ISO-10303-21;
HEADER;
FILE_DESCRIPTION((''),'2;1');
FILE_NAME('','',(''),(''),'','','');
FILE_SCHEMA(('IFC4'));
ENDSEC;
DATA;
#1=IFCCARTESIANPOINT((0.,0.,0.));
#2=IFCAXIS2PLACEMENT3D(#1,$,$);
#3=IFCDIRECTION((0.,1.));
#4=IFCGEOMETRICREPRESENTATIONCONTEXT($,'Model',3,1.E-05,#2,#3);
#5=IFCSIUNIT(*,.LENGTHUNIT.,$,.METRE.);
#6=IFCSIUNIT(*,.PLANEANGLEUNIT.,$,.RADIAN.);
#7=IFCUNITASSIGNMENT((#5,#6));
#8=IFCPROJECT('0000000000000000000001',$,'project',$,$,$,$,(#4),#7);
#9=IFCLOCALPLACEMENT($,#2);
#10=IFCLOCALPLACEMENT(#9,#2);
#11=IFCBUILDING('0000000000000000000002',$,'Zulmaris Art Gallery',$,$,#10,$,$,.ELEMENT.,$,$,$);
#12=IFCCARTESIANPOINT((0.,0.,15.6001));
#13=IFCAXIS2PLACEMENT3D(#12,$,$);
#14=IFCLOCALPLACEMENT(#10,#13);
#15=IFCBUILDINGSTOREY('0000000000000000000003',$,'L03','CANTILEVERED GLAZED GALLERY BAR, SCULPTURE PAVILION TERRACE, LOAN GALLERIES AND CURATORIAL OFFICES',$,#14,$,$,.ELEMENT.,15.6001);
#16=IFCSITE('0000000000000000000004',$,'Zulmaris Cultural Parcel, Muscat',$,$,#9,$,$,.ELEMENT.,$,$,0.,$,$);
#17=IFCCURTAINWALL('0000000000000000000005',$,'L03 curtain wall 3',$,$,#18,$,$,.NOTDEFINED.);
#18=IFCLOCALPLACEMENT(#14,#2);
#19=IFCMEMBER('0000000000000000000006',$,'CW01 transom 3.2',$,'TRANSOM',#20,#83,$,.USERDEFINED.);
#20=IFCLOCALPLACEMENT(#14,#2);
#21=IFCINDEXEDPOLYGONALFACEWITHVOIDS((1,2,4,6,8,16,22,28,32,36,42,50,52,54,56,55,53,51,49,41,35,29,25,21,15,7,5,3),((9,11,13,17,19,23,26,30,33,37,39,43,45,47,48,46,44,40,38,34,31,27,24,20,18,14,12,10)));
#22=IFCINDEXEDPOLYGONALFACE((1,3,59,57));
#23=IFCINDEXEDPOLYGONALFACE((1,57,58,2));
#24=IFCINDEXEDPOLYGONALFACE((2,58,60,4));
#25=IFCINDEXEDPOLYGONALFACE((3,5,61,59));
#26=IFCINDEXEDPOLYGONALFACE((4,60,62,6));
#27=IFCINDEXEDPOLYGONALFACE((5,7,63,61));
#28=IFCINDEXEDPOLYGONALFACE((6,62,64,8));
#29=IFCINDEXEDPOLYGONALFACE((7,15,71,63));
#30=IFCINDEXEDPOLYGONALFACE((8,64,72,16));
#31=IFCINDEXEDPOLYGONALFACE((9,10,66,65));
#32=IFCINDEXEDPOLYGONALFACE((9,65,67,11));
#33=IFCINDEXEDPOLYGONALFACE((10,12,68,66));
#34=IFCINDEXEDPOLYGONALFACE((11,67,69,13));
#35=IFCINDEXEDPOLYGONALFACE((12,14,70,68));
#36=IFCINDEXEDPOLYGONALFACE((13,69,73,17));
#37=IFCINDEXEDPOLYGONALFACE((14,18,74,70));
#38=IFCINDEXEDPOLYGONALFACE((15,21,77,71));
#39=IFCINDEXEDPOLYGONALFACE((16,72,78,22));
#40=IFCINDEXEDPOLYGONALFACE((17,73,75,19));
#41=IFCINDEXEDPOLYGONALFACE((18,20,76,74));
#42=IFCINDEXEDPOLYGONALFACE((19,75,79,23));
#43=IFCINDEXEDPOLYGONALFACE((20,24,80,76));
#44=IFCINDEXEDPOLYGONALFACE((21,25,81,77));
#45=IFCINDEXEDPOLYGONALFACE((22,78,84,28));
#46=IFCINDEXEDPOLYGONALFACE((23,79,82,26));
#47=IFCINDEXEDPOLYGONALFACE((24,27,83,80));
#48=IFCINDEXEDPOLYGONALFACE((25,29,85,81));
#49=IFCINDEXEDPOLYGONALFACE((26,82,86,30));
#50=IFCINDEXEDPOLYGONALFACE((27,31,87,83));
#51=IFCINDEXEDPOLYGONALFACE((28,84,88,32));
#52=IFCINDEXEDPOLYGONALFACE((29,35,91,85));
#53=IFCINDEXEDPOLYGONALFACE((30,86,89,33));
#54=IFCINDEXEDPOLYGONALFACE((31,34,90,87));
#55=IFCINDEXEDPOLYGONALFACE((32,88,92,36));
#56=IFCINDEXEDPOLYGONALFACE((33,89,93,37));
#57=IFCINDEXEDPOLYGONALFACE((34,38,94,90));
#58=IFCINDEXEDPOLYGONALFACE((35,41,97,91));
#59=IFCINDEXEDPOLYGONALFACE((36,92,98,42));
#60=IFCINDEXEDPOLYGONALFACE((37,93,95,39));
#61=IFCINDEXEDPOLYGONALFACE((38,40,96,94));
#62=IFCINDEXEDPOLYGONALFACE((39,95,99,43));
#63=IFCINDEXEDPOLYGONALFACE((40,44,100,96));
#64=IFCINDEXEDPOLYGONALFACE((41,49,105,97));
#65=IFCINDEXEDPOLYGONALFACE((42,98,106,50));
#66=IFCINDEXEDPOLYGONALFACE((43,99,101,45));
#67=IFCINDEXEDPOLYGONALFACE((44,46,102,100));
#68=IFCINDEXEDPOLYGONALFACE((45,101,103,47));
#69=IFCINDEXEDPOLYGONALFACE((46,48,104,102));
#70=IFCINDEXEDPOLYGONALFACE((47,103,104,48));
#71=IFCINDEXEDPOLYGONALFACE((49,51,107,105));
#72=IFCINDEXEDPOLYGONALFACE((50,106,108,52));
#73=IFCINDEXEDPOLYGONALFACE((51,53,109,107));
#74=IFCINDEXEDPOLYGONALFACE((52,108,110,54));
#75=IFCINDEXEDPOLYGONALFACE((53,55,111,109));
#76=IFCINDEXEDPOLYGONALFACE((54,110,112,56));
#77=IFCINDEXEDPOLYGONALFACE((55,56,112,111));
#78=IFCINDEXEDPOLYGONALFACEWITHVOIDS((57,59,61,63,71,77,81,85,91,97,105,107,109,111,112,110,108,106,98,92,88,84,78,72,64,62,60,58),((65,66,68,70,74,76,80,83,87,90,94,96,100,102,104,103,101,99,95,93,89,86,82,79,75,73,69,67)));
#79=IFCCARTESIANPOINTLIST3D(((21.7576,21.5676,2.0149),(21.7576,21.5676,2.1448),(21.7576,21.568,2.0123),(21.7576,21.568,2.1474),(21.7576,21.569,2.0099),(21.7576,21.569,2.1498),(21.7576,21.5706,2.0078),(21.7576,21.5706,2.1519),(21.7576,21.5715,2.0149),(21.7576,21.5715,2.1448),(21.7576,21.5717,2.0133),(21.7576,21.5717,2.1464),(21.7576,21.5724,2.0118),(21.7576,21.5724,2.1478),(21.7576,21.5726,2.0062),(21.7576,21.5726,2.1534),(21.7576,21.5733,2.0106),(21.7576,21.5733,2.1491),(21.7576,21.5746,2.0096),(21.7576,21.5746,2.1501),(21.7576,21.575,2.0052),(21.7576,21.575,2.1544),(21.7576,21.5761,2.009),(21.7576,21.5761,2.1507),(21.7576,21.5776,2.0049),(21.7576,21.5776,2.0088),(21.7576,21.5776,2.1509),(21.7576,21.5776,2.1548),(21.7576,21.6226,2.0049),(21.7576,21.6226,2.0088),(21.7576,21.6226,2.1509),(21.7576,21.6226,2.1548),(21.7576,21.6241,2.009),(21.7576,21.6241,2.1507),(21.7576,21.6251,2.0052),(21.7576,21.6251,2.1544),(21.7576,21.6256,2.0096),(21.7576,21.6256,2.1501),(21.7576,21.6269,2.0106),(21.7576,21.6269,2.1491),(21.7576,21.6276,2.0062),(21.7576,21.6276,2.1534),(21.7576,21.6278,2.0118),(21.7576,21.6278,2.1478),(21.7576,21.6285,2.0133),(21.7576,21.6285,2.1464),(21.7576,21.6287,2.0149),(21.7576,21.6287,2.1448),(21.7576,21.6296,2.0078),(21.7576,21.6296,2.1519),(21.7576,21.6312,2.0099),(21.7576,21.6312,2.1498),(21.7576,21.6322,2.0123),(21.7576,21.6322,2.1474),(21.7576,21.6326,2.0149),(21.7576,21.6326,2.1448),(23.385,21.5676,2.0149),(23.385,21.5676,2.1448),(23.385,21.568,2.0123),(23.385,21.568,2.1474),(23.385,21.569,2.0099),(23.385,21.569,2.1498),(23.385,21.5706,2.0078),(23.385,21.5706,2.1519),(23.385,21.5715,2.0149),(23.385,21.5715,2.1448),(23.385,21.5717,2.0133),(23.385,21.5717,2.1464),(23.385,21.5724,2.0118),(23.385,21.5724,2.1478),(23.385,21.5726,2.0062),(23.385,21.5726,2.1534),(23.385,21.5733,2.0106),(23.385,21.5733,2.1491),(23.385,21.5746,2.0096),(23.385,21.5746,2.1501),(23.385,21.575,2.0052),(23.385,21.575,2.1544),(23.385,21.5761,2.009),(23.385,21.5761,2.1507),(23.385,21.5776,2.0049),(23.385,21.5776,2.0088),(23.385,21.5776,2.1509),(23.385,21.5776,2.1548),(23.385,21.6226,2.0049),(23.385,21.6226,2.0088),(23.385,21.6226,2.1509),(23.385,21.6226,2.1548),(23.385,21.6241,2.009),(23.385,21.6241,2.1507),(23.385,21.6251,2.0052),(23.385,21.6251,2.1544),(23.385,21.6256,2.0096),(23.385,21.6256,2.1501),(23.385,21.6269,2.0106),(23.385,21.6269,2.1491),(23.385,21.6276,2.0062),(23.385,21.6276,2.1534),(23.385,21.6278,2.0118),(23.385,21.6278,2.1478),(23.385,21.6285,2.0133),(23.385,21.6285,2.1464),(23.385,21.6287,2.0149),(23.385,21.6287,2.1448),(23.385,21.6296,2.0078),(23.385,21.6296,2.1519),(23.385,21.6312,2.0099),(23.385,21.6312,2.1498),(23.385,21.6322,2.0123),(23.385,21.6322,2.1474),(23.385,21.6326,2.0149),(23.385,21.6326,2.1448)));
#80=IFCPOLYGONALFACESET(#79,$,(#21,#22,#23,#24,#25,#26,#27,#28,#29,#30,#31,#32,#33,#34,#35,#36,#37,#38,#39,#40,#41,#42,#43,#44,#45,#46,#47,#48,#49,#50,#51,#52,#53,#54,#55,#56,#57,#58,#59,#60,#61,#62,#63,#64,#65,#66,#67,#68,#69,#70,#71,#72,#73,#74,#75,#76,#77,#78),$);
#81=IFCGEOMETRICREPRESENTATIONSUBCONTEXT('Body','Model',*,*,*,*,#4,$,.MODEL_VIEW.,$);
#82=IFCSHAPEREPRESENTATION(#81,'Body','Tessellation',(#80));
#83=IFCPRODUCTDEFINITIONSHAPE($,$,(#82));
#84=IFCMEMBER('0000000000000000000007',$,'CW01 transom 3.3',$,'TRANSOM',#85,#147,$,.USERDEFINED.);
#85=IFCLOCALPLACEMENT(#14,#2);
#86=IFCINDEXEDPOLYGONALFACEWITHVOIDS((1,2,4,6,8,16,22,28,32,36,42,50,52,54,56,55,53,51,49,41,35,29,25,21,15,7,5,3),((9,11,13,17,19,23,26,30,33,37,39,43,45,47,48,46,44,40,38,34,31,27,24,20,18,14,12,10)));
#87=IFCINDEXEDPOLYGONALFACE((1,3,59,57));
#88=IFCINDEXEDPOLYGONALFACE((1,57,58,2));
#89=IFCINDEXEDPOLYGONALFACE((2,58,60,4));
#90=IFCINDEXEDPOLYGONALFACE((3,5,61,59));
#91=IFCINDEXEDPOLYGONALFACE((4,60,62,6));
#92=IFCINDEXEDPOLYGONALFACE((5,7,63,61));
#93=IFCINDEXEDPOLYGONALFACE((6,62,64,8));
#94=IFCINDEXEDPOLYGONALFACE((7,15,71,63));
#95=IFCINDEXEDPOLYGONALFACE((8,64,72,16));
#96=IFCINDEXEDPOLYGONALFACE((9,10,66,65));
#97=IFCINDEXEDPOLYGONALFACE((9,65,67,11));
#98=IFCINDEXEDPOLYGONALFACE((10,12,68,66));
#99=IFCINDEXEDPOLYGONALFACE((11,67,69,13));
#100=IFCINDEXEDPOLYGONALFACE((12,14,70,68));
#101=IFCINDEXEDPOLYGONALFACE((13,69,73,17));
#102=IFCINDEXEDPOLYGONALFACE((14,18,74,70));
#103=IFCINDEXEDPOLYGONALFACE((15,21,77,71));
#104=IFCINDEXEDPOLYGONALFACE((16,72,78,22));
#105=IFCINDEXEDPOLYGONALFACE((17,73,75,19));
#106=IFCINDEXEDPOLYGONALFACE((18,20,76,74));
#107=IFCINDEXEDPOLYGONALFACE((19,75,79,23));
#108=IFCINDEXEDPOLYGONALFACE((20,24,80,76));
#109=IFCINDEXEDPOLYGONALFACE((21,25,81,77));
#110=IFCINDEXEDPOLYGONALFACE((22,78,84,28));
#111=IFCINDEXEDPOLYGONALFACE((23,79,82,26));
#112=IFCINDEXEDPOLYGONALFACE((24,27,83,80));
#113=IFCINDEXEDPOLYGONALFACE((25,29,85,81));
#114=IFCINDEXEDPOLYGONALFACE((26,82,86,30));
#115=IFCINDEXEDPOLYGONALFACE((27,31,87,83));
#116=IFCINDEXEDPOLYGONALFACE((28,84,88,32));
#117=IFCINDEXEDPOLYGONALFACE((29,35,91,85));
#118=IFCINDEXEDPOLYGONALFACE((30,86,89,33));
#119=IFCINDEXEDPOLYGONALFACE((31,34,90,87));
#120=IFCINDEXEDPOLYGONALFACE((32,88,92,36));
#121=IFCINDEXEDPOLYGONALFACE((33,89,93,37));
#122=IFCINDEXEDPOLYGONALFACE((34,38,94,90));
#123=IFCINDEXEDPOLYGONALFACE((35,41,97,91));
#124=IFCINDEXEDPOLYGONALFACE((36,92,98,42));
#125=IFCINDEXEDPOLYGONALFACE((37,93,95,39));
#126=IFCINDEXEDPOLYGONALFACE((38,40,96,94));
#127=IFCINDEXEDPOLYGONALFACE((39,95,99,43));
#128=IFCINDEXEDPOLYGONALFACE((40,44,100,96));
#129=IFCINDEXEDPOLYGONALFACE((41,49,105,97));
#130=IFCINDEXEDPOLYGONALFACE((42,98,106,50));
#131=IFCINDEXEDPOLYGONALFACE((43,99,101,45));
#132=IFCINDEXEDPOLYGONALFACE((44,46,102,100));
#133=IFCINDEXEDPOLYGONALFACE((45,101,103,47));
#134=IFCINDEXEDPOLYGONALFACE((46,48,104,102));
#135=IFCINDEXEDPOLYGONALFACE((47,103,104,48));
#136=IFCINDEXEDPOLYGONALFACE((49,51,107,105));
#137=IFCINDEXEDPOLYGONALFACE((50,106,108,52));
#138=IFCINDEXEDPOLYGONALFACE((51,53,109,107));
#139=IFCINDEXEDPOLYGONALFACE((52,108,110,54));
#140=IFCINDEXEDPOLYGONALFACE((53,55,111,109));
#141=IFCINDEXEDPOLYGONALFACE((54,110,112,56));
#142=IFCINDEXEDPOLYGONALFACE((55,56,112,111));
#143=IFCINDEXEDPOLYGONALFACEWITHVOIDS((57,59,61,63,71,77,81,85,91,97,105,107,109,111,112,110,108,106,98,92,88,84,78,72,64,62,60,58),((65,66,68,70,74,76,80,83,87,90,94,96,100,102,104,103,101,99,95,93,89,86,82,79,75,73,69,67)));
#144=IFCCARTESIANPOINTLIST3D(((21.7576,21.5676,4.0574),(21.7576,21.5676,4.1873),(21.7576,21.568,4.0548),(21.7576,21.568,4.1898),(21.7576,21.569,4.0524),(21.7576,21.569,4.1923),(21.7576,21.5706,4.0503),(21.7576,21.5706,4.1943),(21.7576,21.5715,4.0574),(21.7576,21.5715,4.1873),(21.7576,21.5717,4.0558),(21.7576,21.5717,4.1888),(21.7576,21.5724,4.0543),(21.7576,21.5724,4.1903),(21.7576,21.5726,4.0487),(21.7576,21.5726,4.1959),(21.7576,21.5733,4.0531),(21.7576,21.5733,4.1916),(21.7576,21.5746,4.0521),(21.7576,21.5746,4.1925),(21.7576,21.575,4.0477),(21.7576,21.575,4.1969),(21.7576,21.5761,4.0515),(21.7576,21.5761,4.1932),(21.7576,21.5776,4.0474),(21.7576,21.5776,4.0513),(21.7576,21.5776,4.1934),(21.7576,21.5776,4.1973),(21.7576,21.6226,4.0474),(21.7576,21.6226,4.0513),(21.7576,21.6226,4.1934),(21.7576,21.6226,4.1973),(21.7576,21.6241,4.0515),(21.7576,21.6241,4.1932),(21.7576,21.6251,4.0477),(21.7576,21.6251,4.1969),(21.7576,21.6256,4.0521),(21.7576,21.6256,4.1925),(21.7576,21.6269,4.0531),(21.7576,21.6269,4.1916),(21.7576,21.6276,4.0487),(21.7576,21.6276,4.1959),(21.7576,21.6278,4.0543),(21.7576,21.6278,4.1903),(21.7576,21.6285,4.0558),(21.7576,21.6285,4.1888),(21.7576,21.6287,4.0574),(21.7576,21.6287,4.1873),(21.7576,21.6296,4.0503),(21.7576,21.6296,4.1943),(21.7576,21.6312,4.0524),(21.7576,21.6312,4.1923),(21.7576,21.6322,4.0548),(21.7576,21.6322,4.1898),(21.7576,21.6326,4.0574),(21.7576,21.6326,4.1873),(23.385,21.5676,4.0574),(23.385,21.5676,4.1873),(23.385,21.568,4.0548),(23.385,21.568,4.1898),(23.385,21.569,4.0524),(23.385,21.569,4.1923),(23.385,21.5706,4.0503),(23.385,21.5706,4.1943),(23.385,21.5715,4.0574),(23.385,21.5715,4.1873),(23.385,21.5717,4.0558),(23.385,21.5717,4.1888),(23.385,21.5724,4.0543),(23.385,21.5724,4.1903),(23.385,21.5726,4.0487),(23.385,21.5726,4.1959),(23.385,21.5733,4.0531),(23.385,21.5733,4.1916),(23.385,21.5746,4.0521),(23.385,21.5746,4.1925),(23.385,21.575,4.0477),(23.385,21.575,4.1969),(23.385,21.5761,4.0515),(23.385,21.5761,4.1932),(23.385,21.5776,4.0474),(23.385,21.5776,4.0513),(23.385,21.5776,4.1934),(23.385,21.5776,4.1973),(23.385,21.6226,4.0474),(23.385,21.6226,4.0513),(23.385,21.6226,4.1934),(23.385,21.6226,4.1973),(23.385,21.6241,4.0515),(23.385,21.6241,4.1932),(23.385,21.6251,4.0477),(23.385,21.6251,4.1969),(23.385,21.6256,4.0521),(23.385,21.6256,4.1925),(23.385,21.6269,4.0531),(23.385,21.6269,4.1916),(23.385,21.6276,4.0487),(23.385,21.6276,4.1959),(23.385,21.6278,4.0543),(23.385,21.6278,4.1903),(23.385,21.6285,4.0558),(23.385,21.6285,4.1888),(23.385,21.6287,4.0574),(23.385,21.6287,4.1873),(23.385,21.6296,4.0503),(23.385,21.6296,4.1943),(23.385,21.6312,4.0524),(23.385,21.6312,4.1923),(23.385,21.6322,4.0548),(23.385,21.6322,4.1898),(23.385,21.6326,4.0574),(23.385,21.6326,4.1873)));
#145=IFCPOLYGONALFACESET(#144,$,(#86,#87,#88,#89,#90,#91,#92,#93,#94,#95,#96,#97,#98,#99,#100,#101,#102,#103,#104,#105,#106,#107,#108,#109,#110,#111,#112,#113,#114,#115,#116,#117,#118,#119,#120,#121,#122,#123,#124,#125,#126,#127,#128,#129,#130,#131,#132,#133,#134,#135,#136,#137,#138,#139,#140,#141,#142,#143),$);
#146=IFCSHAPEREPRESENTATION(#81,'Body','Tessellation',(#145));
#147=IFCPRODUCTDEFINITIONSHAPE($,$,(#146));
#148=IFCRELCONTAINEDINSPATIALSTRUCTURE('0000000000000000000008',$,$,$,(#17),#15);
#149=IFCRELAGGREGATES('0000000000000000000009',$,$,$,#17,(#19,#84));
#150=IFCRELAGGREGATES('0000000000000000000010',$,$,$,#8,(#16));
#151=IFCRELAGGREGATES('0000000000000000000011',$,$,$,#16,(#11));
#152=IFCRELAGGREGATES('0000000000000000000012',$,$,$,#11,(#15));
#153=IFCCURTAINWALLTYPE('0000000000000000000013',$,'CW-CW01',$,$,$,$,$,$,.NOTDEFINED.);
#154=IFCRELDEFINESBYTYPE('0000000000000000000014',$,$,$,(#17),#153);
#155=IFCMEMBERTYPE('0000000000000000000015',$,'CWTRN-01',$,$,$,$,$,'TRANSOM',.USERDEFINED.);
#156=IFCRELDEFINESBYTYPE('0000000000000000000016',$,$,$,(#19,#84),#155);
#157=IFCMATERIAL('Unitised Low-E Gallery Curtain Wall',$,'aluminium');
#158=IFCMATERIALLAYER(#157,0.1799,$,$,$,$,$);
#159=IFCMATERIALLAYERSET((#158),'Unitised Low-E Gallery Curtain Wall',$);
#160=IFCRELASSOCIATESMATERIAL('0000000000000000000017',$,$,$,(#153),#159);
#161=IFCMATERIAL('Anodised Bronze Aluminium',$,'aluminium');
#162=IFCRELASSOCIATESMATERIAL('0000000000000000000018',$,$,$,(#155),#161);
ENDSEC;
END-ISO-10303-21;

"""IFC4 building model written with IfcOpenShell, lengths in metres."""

from ifc_helpers import new_model, si_unit, direction, frame, origin, origin_2d, place, context, subcontext, project, spatial, hollow_rectangle, extrude, material, layer, layer_set, material_profile, profile_set, type_object, element, aggregate, save


model = new_model("IFC4")

# Units and contexts
model_context = context("Model", 3, precision=1e-05, world=origin(), true_north=direction((0.0, 1.0)))
body_context = subcontext(model_context, "Body", "Model", "MODEL_VIEW")
ifc_project = project(units=[si_unit("LENGTHUNIT", "METRE"), si_unit("PLANEANGLEUNIT", "RADIAN")], contexts=[model_context])

# Site, building, storey
site_placement = place(None, origin())
site = spatial("IfcSite", under=ifc_project, at=site_placement, Name="Zulmaris Cultural Parcel, Muscat", CompositionType="ELEMENT", RefElevation=0.0)
building_placement = place(site_placement, origin())
building = spatial("IfcBuilding", under=site, at=building_placement, Name="Zulmaris Art Gallery", CompositionType="ELEMENT")
storey_placement = place(building_placement, frame((0.0, 0.0, 15.6001)))
storey = spatial("IfcBuildingStorey", under=building, at=storey_placement, Name="L03", Description="CANTILEVERED GLAZED GALLERY BAR, SCULPTURE PAVILION TERRACE, LOAN GALLERIES AND CURATORIAL OFFICES", CompositionType="ELEMENT", Elevation=15.6001)

# Curtain wall
ifc_material_1 = material(Name="Unitised Low-E Gallery Curtain Wall", Category="aluminium")
ifc_layer_1 = layer(ifc_material_1, 0.1799)
ifc_layer_set_1 = layer_set([ifc_layer_1], Name="Unitised Low-E Gallery Curtain Wall")
curtain_wall_type = type_object("IfcCurtainWallType", Name="CW-CW01", PredefinedType="NOTDEFINED", material=ifc_layer_set_1)
curtain_wall_1_placement = place(storey_placement, origin())
curtain_wall_1 = element("IfcCurtainWall", 1, at=curtain_wall_1_placement, inside=storey, type_object=curtain_wall_type, Name="L03 curtain wall 3", PredefinedType="NOTDEFINED")
ifc_material_2 = material(Name="Anodised Bronze Aluminium", Category="aluminium")

# Members
ifc_material_profile_1 = material_profile(ifc_material_2, hollow_rectangle(XDim=0.0649, YDim=0.1499, WallThickness=0.0039, InnerFilletRadius=0.0061, OuterFilletRadius=0.01, at=origin_2d()), Name="ALU 65x150x4")
ifc_profile_set_1 = profile_set([ifc_material_profile_1], Name="Anodised Bronze Aluminium")
member_type_1 = type_object("IfcMemberType", Name="CWTRN-01", ElementType="TRANSOM", PredefinedType="USERDEFINED", material=ifc_profile_set_1)
member_1_placement = place(storey_placement, frame((21.7576, 21.6001, 2.0798), z_axis=(1.0, 0.0, 0.0), x_axis=(0.0, 1.0, 0.0)))
member_1 = element("IfcMember", 2, at=member_1_placement, type_object=member_type_1, Name="CW01 transom 3.2", ObjectType="TRANSOM", PredefinedType="USERDEFINED", context=body_context, shape_type="SweptSolid", body=[
    extrude(hollow_rectangle(XDim=0.0649, YDim=0.1499, WallThickness=0.0039, InnerFilletRadius=0.0061, OuterFilletRadius=0.01, at=origin_2d()), origin(), (0.0, 0.0, 1.0), 1.6274),
])
member_2_placement = place(storey_placement, frame((21.7576, 21.6001, 4.1223), z_axis=(1.0, 0.0, 0.0), x_axis=(0.0, 1.0, 0.0)))
member_2 = element("IfcMember", 3, at=member_2_placement, type_object=member_type_1, Name="CW01 transom 3.3", ObjectType="TRANSOM", PredefinedType="USERDEFINED", context=body_context, shape_type="SweptSolid", body=[
    extrude(hollow_rectangle(XDim=0.0649, YDim=0.1499, WallThickness=0.0039, InnerFilletRadius=0.0061, OuterFilletRadius=0.01, at=origin_2d()), origin(), (0.0, 0.0, 1.0), 1.6274),
])

aggregate(curtain_wall_1, [member_1, member_2])

save(model, "model.ifc")
